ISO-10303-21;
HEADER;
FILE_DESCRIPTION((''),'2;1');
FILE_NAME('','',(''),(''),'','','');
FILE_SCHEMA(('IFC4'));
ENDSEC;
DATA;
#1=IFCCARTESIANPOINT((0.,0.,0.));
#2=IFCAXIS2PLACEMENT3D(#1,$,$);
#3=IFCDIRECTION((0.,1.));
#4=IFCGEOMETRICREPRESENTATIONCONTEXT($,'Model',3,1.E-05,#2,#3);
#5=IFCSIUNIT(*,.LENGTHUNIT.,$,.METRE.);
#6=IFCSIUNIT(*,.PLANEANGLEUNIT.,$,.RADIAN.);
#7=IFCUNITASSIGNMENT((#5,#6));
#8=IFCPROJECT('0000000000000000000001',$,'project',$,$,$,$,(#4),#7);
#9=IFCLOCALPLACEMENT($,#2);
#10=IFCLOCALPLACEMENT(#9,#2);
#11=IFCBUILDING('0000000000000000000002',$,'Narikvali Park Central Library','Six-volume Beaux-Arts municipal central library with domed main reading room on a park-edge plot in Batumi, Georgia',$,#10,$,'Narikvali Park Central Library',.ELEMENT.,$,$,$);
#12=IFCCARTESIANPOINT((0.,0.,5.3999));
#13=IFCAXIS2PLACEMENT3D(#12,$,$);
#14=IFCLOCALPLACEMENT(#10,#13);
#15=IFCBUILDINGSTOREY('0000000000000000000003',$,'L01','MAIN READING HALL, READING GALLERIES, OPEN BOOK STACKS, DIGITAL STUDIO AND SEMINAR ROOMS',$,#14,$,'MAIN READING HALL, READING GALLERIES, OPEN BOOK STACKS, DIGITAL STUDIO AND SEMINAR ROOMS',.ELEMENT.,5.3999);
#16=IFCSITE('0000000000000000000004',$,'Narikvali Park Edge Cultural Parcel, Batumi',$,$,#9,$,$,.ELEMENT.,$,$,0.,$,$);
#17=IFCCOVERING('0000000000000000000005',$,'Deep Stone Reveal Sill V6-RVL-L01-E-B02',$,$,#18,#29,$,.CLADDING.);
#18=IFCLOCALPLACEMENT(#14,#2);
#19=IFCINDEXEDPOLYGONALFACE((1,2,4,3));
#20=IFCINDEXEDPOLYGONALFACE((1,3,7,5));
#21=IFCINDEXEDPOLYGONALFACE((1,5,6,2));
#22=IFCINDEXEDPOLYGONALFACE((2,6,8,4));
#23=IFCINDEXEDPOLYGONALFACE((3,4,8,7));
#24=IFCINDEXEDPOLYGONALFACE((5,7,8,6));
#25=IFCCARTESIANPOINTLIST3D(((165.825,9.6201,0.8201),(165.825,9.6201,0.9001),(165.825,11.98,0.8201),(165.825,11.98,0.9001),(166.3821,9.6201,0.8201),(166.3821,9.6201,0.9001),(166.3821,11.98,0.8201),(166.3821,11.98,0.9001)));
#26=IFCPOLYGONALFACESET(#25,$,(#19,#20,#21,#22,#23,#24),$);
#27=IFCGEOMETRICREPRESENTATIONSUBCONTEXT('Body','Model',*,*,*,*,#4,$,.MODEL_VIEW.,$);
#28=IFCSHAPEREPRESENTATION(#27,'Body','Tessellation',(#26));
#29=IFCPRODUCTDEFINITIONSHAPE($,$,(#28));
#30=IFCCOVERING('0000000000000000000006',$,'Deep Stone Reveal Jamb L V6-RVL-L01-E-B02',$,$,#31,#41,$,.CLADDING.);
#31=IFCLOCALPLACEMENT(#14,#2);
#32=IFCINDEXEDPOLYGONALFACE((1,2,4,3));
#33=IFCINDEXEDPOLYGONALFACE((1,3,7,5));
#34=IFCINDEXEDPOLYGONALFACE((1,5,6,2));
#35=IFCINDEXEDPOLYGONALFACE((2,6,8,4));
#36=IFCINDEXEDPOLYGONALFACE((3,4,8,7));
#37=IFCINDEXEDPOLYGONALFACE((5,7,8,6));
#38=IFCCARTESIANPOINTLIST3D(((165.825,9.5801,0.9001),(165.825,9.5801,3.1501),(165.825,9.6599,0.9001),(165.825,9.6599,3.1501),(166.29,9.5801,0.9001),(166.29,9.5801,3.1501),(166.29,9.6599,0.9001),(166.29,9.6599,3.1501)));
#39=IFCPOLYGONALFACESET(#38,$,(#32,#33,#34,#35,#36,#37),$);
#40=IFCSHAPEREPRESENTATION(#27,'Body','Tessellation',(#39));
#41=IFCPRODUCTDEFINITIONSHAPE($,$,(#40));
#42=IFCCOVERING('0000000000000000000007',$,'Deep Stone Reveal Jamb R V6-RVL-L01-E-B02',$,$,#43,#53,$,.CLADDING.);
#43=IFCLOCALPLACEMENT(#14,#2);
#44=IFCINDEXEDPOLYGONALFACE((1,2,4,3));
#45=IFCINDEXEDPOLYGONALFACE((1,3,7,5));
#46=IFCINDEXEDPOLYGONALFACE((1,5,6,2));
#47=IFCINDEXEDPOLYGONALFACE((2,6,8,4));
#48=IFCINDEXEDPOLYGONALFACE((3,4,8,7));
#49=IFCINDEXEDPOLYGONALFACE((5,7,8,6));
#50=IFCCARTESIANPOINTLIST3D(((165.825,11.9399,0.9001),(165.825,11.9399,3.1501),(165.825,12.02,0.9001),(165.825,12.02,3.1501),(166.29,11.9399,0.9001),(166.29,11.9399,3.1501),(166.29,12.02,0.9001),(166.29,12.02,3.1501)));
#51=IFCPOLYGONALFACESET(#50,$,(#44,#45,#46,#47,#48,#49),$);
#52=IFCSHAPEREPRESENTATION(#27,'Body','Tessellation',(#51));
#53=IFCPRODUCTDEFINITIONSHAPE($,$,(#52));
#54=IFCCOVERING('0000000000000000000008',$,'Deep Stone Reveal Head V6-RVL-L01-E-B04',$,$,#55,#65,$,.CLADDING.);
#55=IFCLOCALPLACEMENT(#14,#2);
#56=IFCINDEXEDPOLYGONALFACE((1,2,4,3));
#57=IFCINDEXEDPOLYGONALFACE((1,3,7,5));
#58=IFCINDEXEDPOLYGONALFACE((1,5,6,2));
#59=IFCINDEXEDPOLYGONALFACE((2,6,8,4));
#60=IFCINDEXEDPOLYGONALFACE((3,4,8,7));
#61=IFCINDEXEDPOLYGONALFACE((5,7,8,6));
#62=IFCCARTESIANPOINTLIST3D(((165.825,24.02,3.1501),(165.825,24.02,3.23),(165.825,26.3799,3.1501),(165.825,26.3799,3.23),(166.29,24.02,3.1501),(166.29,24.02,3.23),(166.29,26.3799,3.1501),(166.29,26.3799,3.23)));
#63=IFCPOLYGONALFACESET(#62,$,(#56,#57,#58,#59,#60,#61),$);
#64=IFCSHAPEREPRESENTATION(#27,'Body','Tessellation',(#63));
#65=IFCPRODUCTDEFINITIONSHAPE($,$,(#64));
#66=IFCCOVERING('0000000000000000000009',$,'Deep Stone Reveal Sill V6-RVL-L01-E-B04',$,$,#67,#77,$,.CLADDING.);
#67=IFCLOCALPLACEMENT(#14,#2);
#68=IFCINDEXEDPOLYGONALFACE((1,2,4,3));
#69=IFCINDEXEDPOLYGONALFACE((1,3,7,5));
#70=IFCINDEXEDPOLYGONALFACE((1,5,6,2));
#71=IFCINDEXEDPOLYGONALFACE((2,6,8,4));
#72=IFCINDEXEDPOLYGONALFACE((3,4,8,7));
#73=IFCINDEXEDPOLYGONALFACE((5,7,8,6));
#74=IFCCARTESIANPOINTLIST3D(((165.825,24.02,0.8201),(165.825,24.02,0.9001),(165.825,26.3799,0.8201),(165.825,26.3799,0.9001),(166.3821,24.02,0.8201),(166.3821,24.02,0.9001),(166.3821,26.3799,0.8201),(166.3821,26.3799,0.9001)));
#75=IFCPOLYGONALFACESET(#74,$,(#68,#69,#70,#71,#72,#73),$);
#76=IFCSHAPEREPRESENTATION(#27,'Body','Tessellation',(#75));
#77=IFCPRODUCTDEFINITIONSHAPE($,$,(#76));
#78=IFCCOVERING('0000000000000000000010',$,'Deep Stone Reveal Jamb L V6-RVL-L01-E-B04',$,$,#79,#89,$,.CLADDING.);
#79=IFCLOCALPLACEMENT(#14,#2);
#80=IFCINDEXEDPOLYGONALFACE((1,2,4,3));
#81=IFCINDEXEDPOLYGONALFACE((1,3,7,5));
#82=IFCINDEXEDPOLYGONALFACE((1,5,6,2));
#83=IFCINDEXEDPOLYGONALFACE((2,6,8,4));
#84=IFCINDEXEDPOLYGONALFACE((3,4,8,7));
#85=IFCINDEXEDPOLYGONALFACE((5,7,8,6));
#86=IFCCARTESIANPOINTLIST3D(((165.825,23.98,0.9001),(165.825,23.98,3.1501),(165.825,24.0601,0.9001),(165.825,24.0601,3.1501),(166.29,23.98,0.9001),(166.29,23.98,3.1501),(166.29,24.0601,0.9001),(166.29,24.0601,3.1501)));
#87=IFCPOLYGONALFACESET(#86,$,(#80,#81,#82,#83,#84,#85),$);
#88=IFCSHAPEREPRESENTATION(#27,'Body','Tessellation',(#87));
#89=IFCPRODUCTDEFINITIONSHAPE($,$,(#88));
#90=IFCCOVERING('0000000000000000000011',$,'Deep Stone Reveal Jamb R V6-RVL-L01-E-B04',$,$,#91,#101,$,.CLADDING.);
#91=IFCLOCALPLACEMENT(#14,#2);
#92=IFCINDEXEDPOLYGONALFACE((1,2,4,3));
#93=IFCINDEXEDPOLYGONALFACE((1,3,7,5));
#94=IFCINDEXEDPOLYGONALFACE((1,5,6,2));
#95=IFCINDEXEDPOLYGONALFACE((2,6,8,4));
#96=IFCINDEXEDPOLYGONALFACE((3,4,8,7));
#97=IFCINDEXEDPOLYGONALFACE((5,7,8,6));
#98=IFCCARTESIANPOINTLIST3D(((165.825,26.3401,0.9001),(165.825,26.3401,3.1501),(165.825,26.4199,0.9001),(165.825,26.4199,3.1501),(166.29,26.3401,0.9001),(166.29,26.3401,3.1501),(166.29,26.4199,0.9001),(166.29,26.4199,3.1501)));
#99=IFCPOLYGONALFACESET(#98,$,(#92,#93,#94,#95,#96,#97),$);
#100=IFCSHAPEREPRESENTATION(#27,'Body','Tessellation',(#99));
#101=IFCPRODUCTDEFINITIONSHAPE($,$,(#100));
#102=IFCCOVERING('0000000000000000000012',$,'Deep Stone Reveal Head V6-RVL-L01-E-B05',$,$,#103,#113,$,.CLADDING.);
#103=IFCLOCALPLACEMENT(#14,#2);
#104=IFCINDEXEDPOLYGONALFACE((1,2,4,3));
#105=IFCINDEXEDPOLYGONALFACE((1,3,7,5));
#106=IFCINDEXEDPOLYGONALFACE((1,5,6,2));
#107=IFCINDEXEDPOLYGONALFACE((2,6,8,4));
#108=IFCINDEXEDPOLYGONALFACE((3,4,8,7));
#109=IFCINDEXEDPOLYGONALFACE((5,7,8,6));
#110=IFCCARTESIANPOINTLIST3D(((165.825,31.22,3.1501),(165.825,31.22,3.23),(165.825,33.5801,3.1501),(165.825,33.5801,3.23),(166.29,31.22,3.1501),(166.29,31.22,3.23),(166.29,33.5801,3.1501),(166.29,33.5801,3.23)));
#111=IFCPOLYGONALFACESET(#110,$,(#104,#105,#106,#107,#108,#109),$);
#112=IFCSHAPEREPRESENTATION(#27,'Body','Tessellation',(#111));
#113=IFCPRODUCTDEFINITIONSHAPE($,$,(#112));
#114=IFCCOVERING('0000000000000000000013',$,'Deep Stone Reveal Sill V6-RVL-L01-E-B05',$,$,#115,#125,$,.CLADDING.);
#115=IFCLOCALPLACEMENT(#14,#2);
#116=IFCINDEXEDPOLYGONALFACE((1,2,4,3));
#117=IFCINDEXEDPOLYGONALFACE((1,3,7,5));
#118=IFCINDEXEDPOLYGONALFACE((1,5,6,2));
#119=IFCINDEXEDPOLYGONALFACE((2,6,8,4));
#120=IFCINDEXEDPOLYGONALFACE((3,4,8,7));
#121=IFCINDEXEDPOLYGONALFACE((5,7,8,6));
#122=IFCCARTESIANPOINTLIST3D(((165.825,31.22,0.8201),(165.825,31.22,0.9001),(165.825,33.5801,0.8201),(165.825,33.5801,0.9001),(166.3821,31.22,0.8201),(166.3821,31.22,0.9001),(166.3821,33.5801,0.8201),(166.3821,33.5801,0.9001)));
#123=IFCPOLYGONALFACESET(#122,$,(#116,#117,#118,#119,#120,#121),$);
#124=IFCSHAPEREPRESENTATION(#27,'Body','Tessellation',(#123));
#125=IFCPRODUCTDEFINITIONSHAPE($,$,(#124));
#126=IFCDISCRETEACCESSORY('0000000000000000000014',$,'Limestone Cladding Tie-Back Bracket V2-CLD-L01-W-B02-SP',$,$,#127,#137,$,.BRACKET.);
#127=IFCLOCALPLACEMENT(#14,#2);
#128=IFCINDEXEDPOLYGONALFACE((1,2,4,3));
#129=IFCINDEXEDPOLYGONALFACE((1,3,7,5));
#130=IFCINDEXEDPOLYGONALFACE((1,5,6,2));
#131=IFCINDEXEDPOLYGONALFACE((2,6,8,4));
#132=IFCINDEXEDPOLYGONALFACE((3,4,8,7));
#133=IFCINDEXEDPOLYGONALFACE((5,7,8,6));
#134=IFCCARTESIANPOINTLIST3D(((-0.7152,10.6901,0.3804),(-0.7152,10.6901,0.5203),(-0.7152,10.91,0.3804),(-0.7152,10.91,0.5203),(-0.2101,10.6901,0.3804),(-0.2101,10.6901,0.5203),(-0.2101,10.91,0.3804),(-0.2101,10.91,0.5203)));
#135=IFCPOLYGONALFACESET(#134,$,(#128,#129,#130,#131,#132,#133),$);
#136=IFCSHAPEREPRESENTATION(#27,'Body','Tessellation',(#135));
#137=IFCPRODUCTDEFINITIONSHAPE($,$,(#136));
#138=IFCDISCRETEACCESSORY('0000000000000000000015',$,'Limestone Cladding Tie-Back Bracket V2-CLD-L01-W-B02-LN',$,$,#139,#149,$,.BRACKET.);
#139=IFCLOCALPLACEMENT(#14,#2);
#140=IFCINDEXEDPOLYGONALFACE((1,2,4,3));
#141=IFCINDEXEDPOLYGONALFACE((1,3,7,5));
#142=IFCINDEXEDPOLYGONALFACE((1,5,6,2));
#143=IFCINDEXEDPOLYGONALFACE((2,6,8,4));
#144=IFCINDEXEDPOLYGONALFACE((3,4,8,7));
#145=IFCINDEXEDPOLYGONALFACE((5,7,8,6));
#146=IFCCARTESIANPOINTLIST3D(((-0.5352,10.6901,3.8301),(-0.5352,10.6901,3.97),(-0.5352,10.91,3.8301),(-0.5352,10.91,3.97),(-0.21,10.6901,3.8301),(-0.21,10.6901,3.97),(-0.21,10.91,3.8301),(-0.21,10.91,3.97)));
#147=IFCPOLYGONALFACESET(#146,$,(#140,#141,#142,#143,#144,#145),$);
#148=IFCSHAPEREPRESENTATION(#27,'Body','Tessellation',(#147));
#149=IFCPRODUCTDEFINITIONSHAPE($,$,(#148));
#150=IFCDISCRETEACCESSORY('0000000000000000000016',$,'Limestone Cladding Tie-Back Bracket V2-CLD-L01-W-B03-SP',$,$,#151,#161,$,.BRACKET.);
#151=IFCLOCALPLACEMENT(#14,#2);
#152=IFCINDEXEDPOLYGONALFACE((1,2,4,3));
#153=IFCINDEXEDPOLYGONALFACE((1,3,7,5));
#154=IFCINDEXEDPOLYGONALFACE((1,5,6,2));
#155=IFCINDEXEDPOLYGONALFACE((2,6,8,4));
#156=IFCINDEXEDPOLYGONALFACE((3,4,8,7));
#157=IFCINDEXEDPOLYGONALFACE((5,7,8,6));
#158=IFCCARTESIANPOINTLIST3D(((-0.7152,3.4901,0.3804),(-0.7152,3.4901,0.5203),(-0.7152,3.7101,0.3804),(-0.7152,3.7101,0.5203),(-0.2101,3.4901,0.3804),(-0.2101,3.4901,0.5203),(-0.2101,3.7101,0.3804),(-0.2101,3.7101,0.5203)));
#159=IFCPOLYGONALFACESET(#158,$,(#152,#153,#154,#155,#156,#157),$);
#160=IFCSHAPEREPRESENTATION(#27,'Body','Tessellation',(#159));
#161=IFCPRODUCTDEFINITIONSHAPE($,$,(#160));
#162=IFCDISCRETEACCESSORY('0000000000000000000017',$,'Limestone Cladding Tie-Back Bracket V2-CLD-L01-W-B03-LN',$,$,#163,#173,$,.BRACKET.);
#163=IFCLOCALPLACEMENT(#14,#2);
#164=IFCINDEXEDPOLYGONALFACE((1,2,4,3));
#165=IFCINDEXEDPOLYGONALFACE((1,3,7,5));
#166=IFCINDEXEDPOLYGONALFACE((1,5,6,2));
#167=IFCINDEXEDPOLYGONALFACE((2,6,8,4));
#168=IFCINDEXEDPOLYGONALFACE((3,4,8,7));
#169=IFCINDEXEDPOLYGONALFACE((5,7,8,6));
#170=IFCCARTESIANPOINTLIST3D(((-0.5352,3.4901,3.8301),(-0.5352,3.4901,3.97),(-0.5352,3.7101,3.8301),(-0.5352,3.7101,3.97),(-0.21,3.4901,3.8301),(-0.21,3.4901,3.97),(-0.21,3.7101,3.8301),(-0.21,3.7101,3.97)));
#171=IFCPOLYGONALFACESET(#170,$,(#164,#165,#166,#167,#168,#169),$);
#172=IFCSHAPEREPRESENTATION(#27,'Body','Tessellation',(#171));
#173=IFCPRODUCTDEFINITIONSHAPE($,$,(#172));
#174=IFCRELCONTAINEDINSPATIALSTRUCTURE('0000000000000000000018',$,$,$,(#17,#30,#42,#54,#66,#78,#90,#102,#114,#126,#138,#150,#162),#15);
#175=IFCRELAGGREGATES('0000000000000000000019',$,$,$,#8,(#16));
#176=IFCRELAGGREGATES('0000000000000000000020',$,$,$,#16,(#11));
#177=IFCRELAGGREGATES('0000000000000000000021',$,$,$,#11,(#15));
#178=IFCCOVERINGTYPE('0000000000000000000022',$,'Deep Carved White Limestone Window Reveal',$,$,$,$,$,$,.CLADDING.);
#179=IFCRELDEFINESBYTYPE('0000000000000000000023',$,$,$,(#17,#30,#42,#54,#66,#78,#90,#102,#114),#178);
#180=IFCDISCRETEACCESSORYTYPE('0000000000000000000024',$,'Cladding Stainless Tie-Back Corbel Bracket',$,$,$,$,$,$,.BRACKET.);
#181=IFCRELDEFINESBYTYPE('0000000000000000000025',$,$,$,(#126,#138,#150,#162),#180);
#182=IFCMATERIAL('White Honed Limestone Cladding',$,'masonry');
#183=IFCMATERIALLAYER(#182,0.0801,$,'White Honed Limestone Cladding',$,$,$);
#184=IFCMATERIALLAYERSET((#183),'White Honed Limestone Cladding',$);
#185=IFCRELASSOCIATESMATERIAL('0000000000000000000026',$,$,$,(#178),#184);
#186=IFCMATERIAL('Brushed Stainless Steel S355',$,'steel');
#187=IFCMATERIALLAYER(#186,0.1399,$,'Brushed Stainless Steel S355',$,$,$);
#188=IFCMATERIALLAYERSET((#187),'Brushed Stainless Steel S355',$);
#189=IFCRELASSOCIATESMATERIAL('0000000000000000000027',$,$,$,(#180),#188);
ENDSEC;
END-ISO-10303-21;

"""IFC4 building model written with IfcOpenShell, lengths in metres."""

from ifc_helpers import new_model, si_unit, direction, frame, origin, origin_2d, place, context, subcontext, project, spatial, polyline, rectangle, outline, extrude, material, layer, layer_set, type_object, element, save


model = new_model("IFC4")

# Units and contexts
model_context = context("Model", 3, precision=1e-05, world=origin(), true_north=direction((0.0, 1.0)))
body_context = subcontext(model_context, "Body", "Model", "MODEL_VIEW")
ifc_project = project(units=[si_unit("LENGTHUNIT", "METRE"), si_unit("PLANEANGLEUNIT", "RADIAN")], contexts=[model_context])

# Site, building, storey
site_placement = place(None, origin())
site = spatial("IfcSite", under=ifc_project, at=site_placement, Name="Narikvali Park Edge Cultural Parcel, Batumi", CompositionType="ELEMENT", RefElevation=0.0)
building_placement = place(site_placement, origin())
building = spatial("IfcBuilding", under=site, at=building_placement, Name="Narikvali Park Central Library", Description="Six-volume Beaux-Arts municipal central library with domed main reading room on a park-edge plot in Batumi, Georgia", LongName="Narikvali Park Central Library", CompositionType="ELEMENT")
storey_placement = place(building_placement, frame((0.0, 0.0, 5.3999)))
storey = spatial("IfcBuildingStorey", under=building, at=storey_placement, Name="L01", Description="MAIN READING HALL, READING GALLERIES, OPEN BOOK STACKS, DIGITAL STUDIO AND SEMINAR ROOMS", LongName="MAIN READING HALL, READING GALLERIES, OPEN BOOK STACKS, DIGITAL STUDIO AND SEMINAR ROOMS", CompositionType="ELEMENT", Elevation=5.3999)

# Coverings
ifc_material_1 = material(Name="White Honed Limestone Cladding", Category="masonry")
ifc_layer_1 = layer(ifc_material_1, 0.0801, Name="White Honed Limestone Cladding")
ifc_layer_set_1 = layer_set([ifc_layer_1], Name="White Honed Limestone Cladding")
covering_type_1 = type_object("IfcCoveringType", Name="Deep Carved White Limestone Window Reveal", PredefinedType="CLADDING", material=ifc_layer_set_1)
covering_1_placement = place(storey_placement, frame((0.0, 0.0, 0.8201)))
element("IfcCovering", 1, at=covering_1_placement, inside=storey, type_object=covering_type_1, Name="Deep Stone Reveal Sill V6-RVL-L01-E-B02", PredefinedType="CLADDING", context=body_context, shape_type="SweptSolid", body=[
    extrude(outline(polyline([(165.825, 9.6201), (165.825, 11.98), (166.3821, 11.98), (166.3821, 9.6201), (165.825, 9.6201)])), origin(), (0.0, 0.0, 1.0), 0.0801),
])
covering_2_placement = place(storey_placement, frame((0.0, 0.0, 0.9001)))
element("IfcCovering", 2, at=covering_2_placement, inside=storey, type_object=covering_type_1, Name="Deep Stone Reveal Jamb L V6-RVL-L01-E-B02", PredefinedType="CLADDING", context=body_context, shape_type="SweptSolid", body=[
    extrude(outline(polyline([(165.825, 9.5801), (165.825, 9.6599), (166.29, 9.6599), (166.29, 9.5801), (165.825, 9.5801)])), origin(), (0.0, 0.0, 1.0), 2.25),
])
covering_3_placement = place(storey_placement, frame((0.0, 0.0, 0.9001)))
element("IfcCovering", 3, at=covering_3_placement, inside=storey, type_object=covering_type_1, Name="Deep Stone Reveal Jamb R V6-RVL-L01-E-B02", PredefinedType="CLADDING", context=body_context, shape_type="SweptSolid", body=[
    extrude(outline(polyline([(165.825, 11.9399), (165.825, 12.02), (166.29, 12.02), (166.29, 11.9399), (165.825, 11.9399)])), origin(), (0.0, 0.0, 1.0), 2.25),
])
covering_4_placement = place(storey_placement, frame((0.0, 0.0, 3.1501)))
element("IfcCovering", 4, at=covering_4_placement, inside=storey, type_object=covering_type_1, Name="Deep Stone Reveal Head V6-RVL-L01-E-B04", PredefinedType="CLADDING", context=body_context, shape_type="SweptSolid", body=[
    extrude(outline(polyline([(165.825, 24.02), (165.825, 26.3799), (166.29, 26.3799), (166.29, 24.02), (165.825, 24.02)])), origin(), (0.0, 0.0, 1.0), 0.0798),
])
covering_5_placement = place(storey_placement, frame((0.0, 0.0, 0.8201)))
element("IfcCovering", 5, at=covering_5_placement, inside=storey, type_object=covering_type_1, Name="Deep Stone Reveal Sill V6-RVL-L01-E-B04", PredefinedType="CLADDING", context=body_context, shape_type="SweptSolid", body=[
    extrude(outline(polyline([(165.825, 24.02), (165.825, 26.3799), (166.3821, 26.3799), (166.3821, 24.02), (165.825, 24.02)])), origin(), (0.0, 0.0, 1.0), 0.0801),
])
covering_6_placement = place(storey_placement, frame((0.0, 0.0, 0.9001)))
element("IfcCovering", 6, at=covering_6_placement, inside=storey, type_object=covering_type_1, Name="Deep Stone Reveal Jamb L V6-RVL-L01-E-B04", PredefinedType="CLADDING", context=body_context, shape_type="SweptSolid", body=[
    extrude(outline(polyline([(165.825, 23.98), (165.825, 24.0601), (166.29, 24.0601), (166.29, 23.98), (165.825, 23.98)])), origin(), (0.0, 0.0, 1.0), 2.25),
])
covering_7_placement = place(storey_placement, frame((0.0, 0.0, 0.9001)))
element("IfcCovering", 7, at=covering_7_placement, inside=storey, type_object=covering_type_1, Name="Deep Stone Reveal Jamb R V6-RVL-L01-E-B04", PredefinedType="CLADDING", context=body_context, shape_type="SweptSolid", body=[
    extrude(outline(polyline([(165.825, 26.3401), (165.825, 26.4199), (166.29, 26.4199), (166.29, 26.3401), (165.825, 26.3401)])), origin(), (0.0, 0.0, 1.0), 2.25),
])
covering_8_placement = place(storey_placement, frame((0.0, 0.0, 3.1501)))
element("IfcCovering", 8, at=covering_8_placement, inside=storey, type_object=covering_type_1, Name="Deep Stone Reveal Head V6-RVL-L01-E-B05", PredefinedType="CLADDING", context=body_context, shape_type="SweptSolid", body=[
    extrude(outline(polyline([(165.825, 31.22), (165.825, 33.5801), (166.29, 33.5801), (166.29, 31.22), (165.825, 31.22)])), origin(), (0.0, 0.0, 1.0), 0.0798),
])
covering_9_placement = place(storey_placement, frame((0.0, 0.0, 0.8201)))
element("IfcCovering", 9, at=covering_9_placement, inside=storey, type_object=covering_type_1, Name="Deep Stone Reveal Sill V6-RVL-L01-E-B05", PredefinedType="CLADDING", context=body_context, shape_type="SweptSolid", body=[
    extrude(outline(polyline([(165.825, 31.22), (165.825, 33.5801), (166.3821, 33.5801), (166.3821, 31.22), (165.825, 31.22)])), origin(), (0.0, 0.0, 1.0), 0.0801),
])

# Discrete accessories
ifc_material_2 = material(Name="Brushed Stainless Steel S355", Category="steel")
ifc_layer_2 = layer(ifc_material_2, 0.1399, Name="Brushed Stainless Steel S355")
ifc_layer_set_2 = layer_set([ifc_layer_2], Name="Brushed Stainless Steel S355")
discrete_accessory_type = type_object("IfcDiscreteAccessoryType", Name="Cladding Stainless Tie-Back Corbel Bracket", PredefinedType="BRACKET", material=ifc_layer_set_2)
discrete_accessory_1_placement = place(storey_placement, frame((-0.4626, 10.8, 0.3804), z_axis=(0.0, 0.0, 1.0), x_axis=(1.0, 0.0, 0.0)))
element("IfcDiscreteAccessory", 10, at=discrete_accessory_1_placement, inside=storey, type_object=discrete_accessory_type, Name="Limestone Cladding Tie-Back Bracket V2-CLD-L01-W-B02-SP", PredefinedType="BRACKET", context=body_context, shape_type="SweptSolid", body=[
    extrude(rectangle(XDim=0.5051, YDim=0.22, at=origin_2d()), origin(), (0.0, 0.0, 1.0), 0.1399),
])
discrete_accessory_2_placement = place(storey_placement, frame((-0.3726, 10.8, 3.8301), z_axis=(0.0, 0.0, 1.0), x_axis=(1.0, 0.0, 0.0)))
element("IfcDiscreteAccessory", 11, at=discrete_accessory_2_placement, inside=storey, type_object=discrete_accessory_type, Name="Limestone Cladding Tie-Back Bracket V2-CLD-L01-W-B02-LN", PredefinedType="BRACKET", context=body_context, shape_type="SweptSolid", body=[
    extrude(rectangle(XDim=0.3252, YDim=0.22, at=origin_2d()), origin(), (0.0, 0.0, 1.0), 0.1399),
])
discrete_accessory_3_placement = place(storey_placement, frame((-0.4626, 3.6001, 0.3804), z_axis=(0.0, 0.0, 1.0), x_axis=(1.0, 0.0, 0.0)))
element("IfcDiscreteAccessory", 12, at=discrete_accessory_3_placement, inside=storey, type_object=discrete_accessory_type, Name="Limestone Cladding Tie-Back Bracket V2-CLD-L01-W-B03-SP", PredefinedType="BRACKET", context=body_context, shape_type="SweptSolid", body=[
    extrude(rectangle(XDim=0.5051, YDim=0.22, at=origin_2d()), origin(), (0.0, 0.0, 1.0), 0.1399),
])
discrete_accessory_4_placement = place(storey_placement, frame((-0.3726, 3.6001, 3.8301), z_axis=(0.0, 0.0, 1.0), x_axis=(1.0, 0.0, 0.0)))
element("IfcDiscreteAccessory", 13, at=discrete_accessory_4_placement, inside=storey, type_object=discrete_accessory_type, Name="Limestone Cladding Tie-Back Bracket V2-CLD-L01-W-B03-LN", PredefinedType="BRACKET", context=body_context, shape_type="SweptSolid", body=[
    extrude(rectangle(XDim=0.3252, YDim=0.22, at=origin_2d()), origin(), (0.0, 0.0, 1.0), 0.1399),
])

save(model, "model.ifc")
